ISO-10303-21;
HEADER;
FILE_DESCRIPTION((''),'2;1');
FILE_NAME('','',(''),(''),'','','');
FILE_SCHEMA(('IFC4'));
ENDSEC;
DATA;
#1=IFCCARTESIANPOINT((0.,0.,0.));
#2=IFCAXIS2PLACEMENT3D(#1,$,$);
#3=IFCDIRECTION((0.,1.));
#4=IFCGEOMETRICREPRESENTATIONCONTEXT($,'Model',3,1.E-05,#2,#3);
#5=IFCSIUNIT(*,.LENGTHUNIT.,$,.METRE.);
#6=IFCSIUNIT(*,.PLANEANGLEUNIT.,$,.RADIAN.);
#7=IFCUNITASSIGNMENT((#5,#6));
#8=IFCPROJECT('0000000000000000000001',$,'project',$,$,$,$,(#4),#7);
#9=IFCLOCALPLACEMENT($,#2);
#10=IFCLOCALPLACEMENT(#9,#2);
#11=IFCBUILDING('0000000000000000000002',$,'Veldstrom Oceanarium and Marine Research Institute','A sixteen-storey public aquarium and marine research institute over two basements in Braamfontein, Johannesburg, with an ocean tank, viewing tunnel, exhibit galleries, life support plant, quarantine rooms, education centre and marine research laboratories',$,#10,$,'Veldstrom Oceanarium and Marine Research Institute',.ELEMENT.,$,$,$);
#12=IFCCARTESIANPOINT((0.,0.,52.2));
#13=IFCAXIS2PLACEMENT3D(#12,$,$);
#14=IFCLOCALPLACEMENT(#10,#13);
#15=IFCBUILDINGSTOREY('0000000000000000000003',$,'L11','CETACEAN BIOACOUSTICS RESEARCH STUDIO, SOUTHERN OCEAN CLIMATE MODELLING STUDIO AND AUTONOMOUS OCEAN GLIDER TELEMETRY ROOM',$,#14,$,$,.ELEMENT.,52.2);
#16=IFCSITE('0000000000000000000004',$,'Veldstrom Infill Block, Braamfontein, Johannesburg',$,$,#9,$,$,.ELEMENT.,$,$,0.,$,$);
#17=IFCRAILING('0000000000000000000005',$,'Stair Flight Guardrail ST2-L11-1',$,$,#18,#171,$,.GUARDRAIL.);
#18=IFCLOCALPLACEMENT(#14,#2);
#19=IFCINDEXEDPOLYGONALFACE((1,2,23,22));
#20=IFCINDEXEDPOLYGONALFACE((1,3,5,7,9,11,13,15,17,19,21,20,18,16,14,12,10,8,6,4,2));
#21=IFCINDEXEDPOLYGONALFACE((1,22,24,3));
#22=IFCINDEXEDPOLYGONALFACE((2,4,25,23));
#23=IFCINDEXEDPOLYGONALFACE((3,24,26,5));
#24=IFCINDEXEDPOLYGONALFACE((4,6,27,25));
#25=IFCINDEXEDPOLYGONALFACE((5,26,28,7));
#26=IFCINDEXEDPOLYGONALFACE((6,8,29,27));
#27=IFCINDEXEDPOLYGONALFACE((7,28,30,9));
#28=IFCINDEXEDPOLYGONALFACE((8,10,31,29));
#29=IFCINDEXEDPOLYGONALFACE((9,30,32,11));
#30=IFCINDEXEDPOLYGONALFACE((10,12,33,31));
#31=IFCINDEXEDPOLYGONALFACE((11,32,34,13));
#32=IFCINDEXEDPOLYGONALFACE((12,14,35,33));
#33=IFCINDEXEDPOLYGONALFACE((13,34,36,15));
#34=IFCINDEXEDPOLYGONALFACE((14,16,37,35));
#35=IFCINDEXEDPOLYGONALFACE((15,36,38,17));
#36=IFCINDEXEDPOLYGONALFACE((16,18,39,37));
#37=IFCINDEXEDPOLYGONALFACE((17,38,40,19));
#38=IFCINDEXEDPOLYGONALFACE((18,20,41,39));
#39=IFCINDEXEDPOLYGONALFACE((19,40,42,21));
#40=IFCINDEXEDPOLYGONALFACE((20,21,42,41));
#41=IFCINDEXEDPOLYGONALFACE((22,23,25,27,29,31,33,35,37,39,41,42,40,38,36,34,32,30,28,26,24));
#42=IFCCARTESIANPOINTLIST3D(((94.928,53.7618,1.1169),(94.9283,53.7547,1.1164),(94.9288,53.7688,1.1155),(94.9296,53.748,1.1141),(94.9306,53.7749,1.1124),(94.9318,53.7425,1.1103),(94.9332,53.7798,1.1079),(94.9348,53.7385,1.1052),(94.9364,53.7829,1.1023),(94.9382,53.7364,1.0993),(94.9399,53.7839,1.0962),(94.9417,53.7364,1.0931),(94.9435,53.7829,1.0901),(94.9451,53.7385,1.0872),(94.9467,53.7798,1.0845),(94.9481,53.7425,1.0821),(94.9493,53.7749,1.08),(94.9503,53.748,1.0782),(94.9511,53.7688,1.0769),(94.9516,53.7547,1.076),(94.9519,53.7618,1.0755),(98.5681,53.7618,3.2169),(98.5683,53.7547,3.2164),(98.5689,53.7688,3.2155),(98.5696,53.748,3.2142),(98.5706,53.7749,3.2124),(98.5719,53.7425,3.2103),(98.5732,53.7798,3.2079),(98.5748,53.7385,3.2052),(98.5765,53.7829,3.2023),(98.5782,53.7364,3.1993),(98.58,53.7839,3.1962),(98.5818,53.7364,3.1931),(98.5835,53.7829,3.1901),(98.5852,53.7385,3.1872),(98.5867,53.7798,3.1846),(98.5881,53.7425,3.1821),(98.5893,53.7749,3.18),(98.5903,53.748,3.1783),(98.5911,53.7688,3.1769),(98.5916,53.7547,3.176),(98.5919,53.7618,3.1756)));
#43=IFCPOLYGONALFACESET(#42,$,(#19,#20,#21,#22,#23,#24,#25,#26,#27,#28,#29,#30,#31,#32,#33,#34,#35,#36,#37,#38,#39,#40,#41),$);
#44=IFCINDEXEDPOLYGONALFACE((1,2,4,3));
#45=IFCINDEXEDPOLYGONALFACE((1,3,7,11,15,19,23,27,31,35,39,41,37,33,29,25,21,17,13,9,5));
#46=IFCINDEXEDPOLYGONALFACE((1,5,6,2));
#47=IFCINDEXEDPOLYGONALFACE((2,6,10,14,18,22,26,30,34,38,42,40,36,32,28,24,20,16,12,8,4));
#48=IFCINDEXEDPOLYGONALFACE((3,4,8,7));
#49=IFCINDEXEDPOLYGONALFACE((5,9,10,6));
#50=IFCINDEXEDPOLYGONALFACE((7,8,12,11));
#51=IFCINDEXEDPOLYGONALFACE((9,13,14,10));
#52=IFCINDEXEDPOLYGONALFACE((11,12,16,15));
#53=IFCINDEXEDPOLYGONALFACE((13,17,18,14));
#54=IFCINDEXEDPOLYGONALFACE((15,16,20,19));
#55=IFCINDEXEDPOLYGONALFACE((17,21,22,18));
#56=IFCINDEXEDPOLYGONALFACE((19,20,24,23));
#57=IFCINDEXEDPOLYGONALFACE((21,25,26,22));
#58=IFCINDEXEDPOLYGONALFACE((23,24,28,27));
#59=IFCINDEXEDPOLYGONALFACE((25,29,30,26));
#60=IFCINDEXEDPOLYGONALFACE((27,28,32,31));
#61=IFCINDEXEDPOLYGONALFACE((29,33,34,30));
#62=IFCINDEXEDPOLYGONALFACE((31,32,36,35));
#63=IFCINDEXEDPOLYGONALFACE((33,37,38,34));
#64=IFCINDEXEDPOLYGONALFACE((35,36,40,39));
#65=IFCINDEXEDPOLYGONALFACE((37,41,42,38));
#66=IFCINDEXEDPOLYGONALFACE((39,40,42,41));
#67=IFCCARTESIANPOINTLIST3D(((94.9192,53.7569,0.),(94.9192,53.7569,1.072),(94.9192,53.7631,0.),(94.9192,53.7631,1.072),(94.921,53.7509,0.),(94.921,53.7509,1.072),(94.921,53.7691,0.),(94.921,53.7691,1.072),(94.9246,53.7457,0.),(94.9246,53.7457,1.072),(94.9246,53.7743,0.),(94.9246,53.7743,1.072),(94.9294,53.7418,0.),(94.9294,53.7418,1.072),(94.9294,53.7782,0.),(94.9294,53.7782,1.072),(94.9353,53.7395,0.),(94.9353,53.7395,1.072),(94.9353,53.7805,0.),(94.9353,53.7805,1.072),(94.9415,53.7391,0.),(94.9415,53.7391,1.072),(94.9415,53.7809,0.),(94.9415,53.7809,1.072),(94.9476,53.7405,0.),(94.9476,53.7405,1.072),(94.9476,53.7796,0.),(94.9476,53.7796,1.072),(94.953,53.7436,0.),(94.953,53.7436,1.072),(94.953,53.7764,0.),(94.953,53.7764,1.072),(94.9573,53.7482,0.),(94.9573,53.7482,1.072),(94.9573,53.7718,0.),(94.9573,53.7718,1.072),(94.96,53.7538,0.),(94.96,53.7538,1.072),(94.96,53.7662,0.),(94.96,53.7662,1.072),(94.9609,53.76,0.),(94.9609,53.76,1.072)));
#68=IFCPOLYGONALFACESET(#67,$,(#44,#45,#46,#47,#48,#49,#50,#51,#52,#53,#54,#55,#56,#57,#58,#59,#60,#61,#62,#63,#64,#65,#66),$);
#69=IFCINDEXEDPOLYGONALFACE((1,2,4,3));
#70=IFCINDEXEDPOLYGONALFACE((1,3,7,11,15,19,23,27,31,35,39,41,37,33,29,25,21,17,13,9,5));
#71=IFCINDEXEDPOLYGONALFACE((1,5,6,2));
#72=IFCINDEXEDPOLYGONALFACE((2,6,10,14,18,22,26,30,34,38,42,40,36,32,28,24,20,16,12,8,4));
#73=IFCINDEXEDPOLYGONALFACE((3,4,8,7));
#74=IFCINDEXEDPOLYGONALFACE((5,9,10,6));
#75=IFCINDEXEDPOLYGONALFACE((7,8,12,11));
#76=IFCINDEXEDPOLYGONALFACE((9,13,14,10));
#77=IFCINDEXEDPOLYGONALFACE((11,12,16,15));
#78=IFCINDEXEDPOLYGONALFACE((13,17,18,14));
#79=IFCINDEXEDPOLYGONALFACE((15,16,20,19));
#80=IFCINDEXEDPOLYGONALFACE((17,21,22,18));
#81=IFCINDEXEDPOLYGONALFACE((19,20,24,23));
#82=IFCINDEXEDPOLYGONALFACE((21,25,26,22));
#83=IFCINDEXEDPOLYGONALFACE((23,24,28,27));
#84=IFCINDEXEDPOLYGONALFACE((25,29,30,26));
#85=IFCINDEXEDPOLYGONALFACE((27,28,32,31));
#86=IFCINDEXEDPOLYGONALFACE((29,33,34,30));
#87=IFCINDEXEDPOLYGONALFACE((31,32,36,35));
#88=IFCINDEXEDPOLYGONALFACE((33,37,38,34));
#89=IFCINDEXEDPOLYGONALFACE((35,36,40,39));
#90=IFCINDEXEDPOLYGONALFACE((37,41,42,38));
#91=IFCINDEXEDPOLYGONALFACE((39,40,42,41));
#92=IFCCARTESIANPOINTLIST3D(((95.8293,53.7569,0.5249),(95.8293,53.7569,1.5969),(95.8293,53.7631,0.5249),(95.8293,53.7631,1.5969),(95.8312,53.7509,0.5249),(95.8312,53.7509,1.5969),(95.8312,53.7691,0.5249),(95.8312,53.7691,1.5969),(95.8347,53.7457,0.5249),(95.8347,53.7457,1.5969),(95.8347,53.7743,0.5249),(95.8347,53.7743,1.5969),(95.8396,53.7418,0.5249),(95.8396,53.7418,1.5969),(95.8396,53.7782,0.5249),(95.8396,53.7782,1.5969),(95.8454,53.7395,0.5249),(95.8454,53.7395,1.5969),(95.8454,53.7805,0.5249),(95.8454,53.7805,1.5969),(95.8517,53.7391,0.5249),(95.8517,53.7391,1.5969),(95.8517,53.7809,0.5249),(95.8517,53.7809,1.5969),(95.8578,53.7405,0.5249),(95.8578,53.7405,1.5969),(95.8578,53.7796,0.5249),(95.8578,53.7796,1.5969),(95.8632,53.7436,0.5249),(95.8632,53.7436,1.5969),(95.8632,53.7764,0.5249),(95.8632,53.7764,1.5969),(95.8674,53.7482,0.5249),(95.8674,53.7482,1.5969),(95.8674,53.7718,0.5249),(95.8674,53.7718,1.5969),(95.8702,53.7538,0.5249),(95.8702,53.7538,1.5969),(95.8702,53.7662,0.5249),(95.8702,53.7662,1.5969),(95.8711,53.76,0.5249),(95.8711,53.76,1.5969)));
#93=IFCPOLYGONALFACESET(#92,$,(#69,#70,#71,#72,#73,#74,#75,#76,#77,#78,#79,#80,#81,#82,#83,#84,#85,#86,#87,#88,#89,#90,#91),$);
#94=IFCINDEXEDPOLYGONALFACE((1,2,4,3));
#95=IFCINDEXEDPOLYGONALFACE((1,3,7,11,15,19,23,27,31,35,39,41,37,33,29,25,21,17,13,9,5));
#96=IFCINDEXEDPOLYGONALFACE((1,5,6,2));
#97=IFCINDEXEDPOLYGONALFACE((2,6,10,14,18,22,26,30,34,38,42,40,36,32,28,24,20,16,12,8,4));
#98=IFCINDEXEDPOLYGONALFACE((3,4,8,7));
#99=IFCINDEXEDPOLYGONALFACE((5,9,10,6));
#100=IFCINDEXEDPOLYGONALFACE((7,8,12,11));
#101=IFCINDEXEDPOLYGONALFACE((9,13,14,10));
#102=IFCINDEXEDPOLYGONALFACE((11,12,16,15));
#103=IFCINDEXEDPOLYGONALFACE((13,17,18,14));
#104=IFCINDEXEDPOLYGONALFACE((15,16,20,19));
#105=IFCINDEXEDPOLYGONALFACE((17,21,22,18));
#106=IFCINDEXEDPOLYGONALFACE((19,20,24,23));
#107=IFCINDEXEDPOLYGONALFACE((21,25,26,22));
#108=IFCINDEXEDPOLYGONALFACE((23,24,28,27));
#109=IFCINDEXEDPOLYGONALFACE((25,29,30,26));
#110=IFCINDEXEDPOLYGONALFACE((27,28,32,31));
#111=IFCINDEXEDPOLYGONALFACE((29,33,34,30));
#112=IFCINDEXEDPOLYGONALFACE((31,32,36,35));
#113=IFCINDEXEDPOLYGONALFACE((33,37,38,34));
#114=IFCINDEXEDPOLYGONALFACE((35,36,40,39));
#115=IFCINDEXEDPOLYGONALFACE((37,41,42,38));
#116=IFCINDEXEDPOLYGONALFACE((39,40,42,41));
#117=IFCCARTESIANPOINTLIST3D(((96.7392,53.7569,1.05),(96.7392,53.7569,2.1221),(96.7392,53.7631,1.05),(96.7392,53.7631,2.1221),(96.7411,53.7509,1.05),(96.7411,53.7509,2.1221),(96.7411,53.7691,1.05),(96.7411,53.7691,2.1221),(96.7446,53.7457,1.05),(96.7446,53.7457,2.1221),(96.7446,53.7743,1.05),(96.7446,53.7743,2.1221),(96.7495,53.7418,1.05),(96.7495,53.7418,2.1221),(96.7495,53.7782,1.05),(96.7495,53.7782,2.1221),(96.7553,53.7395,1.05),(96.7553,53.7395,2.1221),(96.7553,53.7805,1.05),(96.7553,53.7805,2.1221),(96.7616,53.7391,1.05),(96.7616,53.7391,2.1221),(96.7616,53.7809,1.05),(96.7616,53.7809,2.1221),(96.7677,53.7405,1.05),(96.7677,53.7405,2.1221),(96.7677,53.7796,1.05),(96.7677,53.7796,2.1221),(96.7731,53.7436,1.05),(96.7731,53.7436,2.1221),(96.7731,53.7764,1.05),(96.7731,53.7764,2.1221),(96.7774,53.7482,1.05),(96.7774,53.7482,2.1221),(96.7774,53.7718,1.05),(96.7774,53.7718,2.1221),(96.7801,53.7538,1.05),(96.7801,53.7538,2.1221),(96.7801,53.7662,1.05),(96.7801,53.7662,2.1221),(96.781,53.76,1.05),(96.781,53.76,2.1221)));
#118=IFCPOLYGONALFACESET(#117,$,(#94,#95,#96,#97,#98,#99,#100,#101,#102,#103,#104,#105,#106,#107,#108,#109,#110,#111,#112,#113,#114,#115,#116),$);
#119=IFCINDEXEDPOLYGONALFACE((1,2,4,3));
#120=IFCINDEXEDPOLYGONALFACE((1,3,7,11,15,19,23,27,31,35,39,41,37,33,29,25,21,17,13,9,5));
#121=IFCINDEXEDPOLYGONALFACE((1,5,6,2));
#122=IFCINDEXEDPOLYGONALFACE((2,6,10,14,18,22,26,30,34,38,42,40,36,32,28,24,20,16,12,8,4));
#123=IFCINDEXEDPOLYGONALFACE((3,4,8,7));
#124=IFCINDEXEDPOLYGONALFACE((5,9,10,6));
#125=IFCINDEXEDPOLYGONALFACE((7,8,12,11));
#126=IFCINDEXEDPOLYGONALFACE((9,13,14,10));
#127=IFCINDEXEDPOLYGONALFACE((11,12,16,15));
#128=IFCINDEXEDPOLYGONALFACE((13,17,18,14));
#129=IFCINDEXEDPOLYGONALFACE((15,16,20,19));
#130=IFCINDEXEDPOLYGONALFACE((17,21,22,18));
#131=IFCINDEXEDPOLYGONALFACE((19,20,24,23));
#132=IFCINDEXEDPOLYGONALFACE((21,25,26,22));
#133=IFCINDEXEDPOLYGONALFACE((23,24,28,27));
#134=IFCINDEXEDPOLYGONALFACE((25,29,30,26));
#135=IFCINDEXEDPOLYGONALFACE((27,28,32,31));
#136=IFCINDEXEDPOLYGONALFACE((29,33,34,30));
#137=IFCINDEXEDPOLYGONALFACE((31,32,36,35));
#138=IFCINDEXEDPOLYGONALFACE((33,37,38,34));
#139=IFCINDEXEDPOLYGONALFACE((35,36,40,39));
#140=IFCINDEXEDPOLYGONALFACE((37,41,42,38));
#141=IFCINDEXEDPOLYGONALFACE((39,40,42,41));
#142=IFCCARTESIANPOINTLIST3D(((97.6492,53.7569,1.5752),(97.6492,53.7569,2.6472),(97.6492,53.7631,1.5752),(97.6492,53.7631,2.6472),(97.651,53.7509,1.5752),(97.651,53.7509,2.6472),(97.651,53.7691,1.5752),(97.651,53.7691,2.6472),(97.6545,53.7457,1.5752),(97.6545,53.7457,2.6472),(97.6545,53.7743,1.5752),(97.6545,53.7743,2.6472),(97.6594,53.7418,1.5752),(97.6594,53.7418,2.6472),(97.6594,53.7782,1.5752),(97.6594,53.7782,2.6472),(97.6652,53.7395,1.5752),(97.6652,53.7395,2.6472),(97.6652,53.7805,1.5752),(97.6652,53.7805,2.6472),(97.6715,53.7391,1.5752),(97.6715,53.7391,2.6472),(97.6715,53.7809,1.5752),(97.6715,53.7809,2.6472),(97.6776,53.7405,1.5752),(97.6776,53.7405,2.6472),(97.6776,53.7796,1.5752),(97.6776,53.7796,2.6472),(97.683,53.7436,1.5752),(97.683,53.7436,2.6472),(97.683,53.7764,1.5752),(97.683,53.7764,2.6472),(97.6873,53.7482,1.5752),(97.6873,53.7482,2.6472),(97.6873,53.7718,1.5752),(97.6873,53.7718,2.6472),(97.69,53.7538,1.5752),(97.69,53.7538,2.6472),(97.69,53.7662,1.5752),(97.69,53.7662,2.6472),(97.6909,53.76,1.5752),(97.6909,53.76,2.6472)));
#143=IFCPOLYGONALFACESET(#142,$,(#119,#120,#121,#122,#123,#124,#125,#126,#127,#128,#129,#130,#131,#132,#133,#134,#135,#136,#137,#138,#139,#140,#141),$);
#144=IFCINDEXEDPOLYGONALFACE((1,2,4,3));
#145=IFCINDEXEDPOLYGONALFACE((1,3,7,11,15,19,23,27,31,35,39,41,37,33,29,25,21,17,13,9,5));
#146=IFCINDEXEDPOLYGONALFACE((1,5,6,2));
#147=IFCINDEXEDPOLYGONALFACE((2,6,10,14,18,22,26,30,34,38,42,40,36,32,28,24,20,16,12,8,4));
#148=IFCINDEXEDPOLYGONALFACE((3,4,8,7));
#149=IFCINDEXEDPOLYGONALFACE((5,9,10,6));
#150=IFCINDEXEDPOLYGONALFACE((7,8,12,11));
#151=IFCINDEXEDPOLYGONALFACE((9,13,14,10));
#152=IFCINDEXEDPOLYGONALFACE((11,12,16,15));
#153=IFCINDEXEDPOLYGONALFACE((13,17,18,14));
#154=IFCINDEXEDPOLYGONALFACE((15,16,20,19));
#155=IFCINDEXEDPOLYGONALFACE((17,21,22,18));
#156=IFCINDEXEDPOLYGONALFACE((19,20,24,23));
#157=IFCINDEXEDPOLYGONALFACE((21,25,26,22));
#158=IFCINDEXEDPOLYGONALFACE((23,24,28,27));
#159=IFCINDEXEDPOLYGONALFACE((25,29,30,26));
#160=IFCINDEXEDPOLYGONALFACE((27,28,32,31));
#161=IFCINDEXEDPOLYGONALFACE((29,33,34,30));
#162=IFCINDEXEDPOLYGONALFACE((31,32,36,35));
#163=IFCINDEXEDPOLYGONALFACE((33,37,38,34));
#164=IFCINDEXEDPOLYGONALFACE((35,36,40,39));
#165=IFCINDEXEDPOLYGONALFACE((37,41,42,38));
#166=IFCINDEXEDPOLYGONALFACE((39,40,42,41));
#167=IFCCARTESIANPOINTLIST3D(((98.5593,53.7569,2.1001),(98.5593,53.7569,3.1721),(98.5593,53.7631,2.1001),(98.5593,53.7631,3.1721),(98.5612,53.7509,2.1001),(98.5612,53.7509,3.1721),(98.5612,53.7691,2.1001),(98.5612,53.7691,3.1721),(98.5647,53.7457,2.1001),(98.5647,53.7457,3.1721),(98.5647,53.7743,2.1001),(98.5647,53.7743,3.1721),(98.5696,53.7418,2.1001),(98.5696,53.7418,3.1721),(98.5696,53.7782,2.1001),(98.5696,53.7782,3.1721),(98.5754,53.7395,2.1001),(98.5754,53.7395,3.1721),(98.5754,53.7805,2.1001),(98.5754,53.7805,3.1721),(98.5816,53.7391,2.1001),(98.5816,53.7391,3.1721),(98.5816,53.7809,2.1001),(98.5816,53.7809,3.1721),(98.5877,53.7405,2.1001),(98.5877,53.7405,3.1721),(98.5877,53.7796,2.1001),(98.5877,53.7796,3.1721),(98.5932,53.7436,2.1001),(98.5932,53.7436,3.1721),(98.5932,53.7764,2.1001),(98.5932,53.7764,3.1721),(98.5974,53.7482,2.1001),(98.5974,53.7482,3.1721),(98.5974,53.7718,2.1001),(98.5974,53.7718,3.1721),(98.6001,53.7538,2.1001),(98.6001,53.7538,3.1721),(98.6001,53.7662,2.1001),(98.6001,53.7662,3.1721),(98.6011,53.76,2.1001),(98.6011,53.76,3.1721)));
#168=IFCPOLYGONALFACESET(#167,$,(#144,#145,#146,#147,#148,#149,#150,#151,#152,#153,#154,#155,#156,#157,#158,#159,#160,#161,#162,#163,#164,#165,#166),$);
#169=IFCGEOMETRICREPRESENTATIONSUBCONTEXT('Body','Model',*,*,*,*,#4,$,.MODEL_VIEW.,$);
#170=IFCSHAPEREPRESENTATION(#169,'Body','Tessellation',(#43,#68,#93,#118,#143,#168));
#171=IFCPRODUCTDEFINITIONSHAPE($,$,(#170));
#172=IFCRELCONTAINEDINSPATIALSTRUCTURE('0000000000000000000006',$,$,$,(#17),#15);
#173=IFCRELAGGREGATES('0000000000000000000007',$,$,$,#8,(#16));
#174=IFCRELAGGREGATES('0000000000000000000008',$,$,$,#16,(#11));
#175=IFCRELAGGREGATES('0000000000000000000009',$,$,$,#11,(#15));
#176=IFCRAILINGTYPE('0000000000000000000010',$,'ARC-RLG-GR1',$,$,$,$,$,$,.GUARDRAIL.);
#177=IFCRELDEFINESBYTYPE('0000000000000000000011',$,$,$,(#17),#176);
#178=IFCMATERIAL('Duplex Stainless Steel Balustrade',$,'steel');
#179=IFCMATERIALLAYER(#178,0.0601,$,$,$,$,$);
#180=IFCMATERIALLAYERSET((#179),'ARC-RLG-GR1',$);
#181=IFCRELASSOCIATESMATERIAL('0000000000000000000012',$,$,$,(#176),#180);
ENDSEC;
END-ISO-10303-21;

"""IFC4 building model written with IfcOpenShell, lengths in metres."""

from ifc_helpers import new_model, si_unit, direction, frame, origin, origin_2d, place, context, subcontext, project, spatial, circle, extrude, material, layer, layer_set, type_object, element, save


model = new_model("IFC4")

# Units and contexts
model_context = context("Model", 3, precision=1e-05, world=origin(), true_north=direction((0.0, 1.0)))
body_context = subcontext(model_context, "Body", "Model", "MODEL_VIEW")
ifc_project = project(units=[si_unit("LENGTHUNIT", "METRE"), si_unit("PLANEANGLEUNIT", "RADIAN")], contexts=[model_context])

# Site, building, storey
site_placement = place(None, origin())
site = spatial("IfcSite", under=ifc_project, at=site_placement, Name="Veldstrom Infill Block, Braamfontein, Johannesburg", CompositionType="ELEMENT", RefElevation=0.0)
building_placement = place(site_placement, origin())
building = spatial("IfcBuilding", under=site, at=building_placement, Name="Veldstrom Oceanarium and Marine Research Institute", Description="A sixteen-storey public aquarium and marine research institute over two basements in Braamfontein, Johannesburg, with an ocean tank, viewing tunnel, exhibit galleries, life support plant, quarantine rooms, education centre and marine research laboratories", LongName="Veldstrom Oceanarium and Marine Research Institute", CompositionType="ELEMENT")
storey_placement = place(building_placement, frame((0.0, 0.0, 52.2)))
storey = spatial("IfcBuildingStorey", under=building, at=storey_placement, Name="L11", Description="CETACEAN BIOACOUSTICS RESEARCH STUDIO, SOUTHERN OCEAN CLIMATE MODELLING STUDIO AND AUTONOMOUS OCEAN GLIDER TELEMETRY ROOM", CompositionType="ELEMENT", Elevation=52.2)

# Railing
ifc_material_1 = material(Name="Duplex Stainless Steel Balustrade", Category="steel")
ifc_layer_1 = layer(ifc_material_1, 0.0601)
ifc_layer_set_1 = layer_set([ifc_layer_1], Name="ARC-RLG-GR1")
railing_type_1 = type_object("IfcRailingType", Name="ARC-RLG-GR1", PredefinedType="GUARDRAIL", material=ifc_layer_set_1)
railing_1_placement = place(storey_placement, frame((94.9399, 53.76, 0.0)))
element("IfcRailing", 1, at=railing_1_placement, inside=storey, type_object=railing_type_1, Name="Stair Flight Guardrail ST2-L11-1", PredefinedType="GUARDRAIL", context=body_context, shape_type="SweptSolid", body=[
    extrude(circle(Radius=0.0239, at=origin_2d()), frame((0.0, 0.0, 1.0962), z_axis=(0.866184, 0.0, 0.499726), x_axis=(0.0, 1.0, 0.0)), (0.0, 0.0, 1.0), 4.2024),
    extrude(circle(Radius=0.021, at=origin_2d()), origin(), (0.0, 0.0, 1.0), 1.072),
    extrude(circle(Radius=0.021, at=origin_2d()), frame((0.9102, 0.0, 0.5249)), (0.0, 0.0, 1.0), 1.072),
    extrude(circle(Radius=0.021, at=origin_2d()), frame((1.8201, 0.0, 1.05)), (0.0, 0.0, 1.0), 1.072),
    extrude(circle(Radius=0.021, at=origin_2d()), frame((2.73, 0.0, 1.5752)), (0.0, 0.0, 1.0), 1.072),
    extrude(circle(Radius=0.021, at=origin_2d()), frame((3.6401, 0.0, 2.1001)), (0.0, 0.0, 1.0), 1.072),
])

save(model, "model.ifc")
